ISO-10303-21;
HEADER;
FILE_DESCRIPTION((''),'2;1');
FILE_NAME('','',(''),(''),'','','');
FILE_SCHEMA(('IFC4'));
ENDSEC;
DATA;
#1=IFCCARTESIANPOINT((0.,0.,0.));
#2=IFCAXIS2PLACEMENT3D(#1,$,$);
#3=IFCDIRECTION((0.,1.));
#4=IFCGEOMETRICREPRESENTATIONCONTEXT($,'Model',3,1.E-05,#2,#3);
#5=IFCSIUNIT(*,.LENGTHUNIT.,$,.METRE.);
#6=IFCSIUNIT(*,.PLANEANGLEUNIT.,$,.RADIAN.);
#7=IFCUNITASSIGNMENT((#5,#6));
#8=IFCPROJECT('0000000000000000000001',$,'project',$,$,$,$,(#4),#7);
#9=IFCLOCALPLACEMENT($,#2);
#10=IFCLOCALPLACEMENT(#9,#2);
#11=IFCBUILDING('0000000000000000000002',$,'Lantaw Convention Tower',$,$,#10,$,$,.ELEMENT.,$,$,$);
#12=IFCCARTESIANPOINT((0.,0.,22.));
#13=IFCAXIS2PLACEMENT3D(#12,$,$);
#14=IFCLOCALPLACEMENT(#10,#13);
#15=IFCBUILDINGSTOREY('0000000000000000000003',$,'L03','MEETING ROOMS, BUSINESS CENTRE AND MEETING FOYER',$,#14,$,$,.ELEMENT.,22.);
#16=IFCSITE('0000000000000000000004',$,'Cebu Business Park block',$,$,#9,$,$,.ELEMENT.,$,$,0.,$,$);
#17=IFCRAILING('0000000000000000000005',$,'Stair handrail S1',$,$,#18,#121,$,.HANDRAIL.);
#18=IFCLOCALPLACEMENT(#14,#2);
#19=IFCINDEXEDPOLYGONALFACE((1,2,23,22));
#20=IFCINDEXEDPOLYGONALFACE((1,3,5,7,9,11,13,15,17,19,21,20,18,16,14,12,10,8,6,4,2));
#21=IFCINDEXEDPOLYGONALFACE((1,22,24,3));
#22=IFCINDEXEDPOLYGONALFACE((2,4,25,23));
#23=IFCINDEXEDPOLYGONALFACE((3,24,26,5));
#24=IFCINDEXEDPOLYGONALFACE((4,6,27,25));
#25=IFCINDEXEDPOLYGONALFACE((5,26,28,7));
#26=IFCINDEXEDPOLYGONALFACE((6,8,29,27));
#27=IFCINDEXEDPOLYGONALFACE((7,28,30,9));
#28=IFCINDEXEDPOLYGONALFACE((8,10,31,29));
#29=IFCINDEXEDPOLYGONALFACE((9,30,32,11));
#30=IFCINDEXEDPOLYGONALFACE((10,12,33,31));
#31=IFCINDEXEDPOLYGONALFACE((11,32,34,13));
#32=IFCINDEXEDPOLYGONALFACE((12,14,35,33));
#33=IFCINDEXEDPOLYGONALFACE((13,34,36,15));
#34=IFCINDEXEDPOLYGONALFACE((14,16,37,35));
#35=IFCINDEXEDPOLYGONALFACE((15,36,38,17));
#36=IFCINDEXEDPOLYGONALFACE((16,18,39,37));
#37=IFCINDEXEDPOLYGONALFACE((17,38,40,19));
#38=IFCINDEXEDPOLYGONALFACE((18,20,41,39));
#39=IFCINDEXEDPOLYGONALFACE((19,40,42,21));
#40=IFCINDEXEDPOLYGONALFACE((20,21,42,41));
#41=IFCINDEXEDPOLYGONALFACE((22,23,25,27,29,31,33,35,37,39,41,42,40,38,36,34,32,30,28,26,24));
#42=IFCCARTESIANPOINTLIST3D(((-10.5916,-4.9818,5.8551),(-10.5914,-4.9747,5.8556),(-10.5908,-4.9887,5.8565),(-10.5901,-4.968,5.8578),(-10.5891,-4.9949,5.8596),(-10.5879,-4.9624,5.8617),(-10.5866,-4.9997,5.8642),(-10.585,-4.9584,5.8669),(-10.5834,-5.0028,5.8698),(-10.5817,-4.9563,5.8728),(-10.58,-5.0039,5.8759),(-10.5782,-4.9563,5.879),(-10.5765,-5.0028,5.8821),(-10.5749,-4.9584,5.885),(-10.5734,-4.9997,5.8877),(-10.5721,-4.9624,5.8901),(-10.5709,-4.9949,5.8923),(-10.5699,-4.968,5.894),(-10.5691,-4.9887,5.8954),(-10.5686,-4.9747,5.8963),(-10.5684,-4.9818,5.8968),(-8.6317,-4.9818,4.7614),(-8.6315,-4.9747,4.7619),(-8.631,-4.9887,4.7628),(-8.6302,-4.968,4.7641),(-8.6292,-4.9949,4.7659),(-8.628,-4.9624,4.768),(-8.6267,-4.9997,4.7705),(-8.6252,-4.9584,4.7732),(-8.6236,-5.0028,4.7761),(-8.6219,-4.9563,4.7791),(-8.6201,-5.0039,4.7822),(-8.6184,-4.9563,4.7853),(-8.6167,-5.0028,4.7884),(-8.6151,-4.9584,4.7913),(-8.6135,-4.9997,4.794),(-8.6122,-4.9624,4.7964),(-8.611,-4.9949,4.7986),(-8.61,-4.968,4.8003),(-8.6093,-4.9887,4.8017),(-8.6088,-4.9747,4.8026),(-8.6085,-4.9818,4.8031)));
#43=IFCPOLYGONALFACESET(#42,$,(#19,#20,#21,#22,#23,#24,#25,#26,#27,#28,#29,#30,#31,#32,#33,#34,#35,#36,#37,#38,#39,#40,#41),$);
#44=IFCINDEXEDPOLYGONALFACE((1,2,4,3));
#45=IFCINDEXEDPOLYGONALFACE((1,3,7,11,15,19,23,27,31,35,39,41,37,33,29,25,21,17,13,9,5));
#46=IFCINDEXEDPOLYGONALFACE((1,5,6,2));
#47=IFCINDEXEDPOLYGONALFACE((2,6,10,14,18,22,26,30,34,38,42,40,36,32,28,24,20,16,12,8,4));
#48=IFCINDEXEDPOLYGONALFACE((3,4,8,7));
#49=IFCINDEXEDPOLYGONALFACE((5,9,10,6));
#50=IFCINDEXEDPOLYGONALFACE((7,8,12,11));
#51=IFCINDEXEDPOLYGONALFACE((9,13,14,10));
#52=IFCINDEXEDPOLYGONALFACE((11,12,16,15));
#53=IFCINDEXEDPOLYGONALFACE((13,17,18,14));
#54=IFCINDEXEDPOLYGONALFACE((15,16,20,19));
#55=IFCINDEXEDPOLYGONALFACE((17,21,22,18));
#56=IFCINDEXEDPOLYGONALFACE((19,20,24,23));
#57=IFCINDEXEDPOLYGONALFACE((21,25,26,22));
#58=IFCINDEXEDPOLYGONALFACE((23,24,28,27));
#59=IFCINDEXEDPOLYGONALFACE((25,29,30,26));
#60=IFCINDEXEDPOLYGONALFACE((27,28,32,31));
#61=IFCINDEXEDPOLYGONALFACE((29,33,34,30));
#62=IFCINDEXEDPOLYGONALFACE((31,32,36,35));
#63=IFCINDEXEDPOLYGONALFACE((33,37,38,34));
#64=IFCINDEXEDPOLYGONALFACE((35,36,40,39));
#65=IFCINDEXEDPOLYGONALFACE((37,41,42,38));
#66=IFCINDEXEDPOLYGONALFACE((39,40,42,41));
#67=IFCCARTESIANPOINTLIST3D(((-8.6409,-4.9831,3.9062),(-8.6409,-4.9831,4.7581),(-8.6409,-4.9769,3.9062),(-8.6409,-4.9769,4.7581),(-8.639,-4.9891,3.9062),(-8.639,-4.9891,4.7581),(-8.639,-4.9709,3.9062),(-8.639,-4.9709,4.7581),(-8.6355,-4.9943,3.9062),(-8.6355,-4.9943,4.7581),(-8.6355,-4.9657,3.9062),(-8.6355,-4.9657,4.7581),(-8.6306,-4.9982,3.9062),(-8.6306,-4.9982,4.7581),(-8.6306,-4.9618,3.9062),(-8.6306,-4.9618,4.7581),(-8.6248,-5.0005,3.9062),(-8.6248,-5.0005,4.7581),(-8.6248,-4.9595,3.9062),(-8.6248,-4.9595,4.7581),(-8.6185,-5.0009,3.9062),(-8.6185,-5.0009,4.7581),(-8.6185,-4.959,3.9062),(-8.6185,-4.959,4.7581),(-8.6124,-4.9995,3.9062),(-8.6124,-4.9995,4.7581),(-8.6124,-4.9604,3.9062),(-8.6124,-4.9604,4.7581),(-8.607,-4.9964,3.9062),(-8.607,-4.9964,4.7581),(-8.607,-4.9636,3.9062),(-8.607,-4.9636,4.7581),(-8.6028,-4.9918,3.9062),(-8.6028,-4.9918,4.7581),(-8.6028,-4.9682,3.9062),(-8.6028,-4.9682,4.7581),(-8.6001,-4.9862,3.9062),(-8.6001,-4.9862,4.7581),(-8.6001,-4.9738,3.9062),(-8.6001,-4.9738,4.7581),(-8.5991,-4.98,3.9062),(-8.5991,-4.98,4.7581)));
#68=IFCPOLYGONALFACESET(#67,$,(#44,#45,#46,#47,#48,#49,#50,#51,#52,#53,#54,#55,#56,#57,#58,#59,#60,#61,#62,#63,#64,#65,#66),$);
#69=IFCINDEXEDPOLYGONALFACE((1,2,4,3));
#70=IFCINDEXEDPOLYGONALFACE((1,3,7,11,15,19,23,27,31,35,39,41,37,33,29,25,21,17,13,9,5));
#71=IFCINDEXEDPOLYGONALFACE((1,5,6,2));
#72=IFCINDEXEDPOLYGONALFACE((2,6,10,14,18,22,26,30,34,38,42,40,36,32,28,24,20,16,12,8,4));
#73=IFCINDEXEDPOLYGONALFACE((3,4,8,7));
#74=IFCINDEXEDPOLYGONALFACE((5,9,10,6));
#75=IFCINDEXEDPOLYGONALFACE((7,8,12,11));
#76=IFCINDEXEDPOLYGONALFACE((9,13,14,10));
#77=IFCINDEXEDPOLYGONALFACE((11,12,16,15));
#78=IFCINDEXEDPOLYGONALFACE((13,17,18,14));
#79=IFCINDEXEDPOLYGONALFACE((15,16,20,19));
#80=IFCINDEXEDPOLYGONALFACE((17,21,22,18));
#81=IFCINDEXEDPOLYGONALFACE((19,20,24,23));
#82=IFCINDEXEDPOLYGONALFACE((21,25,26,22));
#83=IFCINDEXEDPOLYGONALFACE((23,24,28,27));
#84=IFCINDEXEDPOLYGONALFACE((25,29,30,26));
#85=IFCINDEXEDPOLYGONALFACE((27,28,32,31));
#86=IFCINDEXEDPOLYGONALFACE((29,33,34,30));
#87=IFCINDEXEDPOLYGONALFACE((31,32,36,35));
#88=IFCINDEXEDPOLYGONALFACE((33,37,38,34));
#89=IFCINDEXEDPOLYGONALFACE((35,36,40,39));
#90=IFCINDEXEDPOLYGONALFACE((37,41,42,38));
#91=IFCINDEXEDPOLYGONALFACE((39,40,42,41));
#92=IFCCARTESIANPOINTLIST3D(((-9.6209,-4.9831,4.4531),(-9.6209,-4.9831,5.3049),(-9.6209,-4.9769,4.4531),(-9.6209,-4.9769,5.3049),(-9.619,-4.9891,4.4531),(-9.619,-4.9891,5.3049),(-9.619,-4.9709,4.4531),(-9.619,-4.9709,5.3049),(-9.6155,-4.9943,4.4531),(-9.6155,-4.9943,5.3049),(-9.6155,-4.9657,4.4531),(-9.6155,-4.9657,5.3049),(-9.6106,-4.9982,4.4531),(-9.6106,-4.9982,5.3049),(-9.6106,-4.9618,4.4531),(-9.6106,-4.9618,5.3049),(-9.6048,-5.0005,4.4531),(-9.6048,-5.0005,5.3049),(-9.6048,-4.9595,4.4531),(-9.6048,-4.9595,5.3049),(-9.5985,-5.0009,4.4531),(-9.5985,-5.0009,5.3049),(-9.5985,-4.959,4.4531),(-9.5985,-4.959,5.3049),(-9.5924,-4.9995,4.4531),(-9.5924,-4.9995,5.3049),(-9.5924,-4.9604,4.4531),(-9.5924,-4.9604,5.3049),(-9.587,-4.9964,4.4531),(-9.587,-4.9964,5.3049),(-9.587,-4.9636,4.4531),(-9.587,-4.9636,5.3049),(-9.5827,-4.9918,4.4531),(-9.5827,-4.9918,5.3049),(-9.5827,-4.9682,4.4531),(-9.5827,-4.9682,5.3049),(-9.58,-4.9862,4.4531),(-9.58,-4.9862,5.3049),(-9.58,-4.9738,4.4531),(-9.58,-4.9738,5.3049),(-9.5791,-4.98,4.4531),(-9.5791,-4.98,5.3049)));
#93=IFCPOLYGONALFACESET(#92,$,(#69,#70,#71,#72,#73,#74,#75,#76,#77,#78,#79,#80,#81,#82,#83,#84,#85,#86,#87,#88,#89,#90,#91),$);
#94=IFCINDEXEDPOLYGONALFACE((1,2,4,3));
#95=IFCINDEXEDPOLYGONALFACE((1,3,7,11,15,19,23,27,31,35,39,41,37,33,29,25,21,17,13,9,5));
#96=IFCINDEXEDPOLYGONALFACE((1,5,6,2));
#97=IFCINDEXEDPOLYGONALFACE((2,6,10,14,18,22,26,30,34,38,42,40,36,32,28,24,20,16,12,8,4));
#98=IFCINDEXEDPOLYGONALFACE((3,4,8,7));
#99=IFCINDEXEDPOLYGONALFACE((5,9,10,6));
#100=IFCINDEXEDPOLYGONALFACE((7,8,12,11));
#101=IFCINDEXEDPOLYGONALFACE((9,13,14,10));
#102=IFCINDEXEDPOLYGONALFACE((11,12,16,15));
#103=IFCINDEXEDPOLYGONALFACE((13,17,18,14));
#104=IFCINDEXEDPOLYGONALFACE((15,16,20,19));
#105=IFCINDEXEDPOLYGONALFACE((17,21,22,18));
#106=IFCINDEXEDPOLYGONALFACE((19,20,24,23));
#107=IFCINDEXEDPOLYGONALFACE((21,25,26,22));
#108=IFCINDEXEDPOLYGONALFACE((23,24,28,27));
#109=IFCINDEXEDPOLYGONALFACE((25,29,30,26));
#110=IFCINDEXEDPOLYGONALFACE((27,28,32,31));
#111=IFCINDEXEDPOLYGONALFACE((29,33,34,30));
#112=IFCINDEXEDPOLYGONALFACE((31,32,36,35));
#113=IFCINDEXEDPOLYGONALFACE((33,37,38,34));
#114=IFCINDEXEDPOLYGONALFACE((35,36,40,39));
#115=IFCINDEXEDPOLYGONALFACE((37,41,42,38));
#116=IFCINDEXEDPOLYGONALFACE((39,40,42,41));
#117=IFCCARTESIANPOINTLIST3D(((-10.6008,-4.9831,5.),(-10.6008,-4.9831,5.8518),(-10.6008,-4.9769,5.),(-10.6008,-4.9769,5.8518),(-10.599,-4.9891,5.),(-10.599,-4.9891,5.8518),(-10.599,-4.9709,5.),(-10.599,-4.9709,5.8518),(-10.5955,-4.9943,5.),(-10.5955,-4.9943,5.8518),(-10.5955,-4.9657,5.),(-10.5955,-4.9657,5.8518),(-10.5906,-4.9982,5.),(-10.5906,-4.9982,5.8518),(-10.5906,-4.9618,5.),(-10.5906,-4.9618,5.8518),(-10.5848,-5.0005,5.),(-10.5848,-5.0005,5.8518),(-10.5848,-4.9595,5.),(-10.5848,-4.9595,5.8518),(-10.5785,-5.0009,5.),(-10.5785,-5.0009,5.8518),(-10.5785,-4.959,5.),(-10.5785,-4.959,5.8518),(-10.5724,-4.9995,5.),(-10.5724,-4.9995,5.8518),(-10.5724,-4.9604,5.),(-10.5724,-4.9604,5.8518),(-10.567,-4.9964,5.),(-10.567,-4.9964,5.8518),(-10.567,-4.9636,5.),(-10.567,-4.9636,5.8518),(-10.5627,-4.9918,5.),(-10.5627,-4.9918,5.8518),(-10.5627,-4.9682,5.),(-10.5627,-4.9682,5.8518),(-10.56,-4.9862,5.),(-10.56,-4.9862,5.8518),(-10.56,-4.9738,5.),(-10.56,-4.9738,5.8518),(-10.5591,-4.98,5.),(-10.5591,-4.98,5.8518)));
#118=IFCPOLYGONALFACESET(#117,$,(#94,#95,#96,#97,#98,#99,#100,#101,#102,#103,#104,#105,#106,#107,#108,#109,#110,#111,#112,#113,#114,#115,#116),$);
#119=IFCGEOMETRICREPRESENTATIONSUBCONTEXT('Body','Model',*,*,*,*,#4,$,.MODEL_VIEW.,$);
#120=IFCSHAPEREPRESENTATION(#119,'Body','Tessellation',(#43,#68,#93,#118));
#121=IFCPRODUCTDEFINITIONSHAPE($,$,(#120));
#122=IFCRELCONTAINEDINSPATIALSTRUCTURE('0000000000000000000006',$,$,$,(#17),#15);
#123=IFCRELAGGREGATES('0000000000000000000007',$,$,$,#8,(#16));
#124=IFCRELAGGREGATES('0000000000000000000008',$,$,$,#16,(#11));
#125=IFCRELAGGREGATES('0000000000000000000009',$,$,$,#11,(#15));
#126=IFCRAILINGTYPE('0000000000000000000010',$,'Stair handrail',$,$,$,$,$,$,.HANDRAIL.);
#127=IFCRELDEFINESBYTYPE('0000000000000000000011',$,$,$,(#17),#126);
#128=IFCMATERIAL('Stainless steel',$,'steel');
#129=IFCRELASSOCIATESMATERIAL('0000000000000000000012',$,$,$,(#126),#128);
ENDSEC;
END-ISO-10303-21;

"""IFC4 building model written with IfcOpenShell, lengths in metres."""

from ifc_helpers import new_model, si_unit, direction, frame, origin, origin_2d, place, context, subcontext, project, spatial, circle, extrude, material, type_object, element, save


model = new_model("IFC4")

# Units and contexts
model_context = context("Model", 3, precision=1e-05, world=origin(), true_north=direction((0.0, 1.0)))
body_context = subcontext(model_context, "Body", "Model", "MODEL_VIEW")
ifc_project = project(units=[si_unit("LENGTHUNIT", "METRE"), si_unit("PLANEANGLEUNIT", "RADIAN")], contexts=[model_context])

# Site, building, storey
site_placement = place(None, origin())
site = spatial("IfcSite", under=ifc_project, at=site_placement, Name="Cebu Business Park block", CompositionType="ELEMENT", RefElevation=0.0)
building_placement = place(site_placement, origin())
building = spatial("IfcBuilding", under=site, at=building_placement, Name="Lantaw Convention Tower", CompositionType="ELEMENT")
storey_placement = place(building_placement, frame((0.0, 0.0, 22.0)))
storey = spatial("IfcBuildingStorey", under=building, at=storey_placement, Name="L03", Description="MEETING ROOMS, BUSINESS CENTRE AND MEETING FOYER", CompositionType="ELEMENT", Elevation=22.0)

# Railing
ifc_material_1 = material(Name="Stainless steel", Category="steel")
railing_type = type_object("IfcRailingType", Name="Stair handrail", PredefinedType="HANDRAIL", material=ifc_material_1)
railing_1_placement = place(storey_placement, frame((-8.6201, -4.98, 3.9062)))
element("IfcRailing", 1, at=railing_1_placement, inside=storey, type_object=railing_type, Name="Stair handrail S1", PredefinedType="HANDRAIL", context=body_context, shape_type="SweptSolid", body=[
    extrude(circle(Radius=0.0239, at=origin_2d()), frame((0.0, 0.0, 0.876), z_axis=(-0.873232, 0.0, 0.487304), x_axis=(0.0, -1.0, 0.0)), (0.0, 0.0, 1.0), 2.2444),
    extrude(circle(Radius=0.021, at=origin_2d()), origin(), (0.0, 0.0, 1.0), 0.8518),
    extrude(circle(Radius=0.021, at=origin_2d()), frame((-0.98, 0.0, 0.5469)), (0.0, 0.0, 1.0), 0.8518),
    extrude(circle(Radius=0.021, at=origin_2d()), frame((-1.96, 0.0, 1.0938)), (0.0, 0.0, 1.0), 0.8518),
])

save(model, "model.ifc")
